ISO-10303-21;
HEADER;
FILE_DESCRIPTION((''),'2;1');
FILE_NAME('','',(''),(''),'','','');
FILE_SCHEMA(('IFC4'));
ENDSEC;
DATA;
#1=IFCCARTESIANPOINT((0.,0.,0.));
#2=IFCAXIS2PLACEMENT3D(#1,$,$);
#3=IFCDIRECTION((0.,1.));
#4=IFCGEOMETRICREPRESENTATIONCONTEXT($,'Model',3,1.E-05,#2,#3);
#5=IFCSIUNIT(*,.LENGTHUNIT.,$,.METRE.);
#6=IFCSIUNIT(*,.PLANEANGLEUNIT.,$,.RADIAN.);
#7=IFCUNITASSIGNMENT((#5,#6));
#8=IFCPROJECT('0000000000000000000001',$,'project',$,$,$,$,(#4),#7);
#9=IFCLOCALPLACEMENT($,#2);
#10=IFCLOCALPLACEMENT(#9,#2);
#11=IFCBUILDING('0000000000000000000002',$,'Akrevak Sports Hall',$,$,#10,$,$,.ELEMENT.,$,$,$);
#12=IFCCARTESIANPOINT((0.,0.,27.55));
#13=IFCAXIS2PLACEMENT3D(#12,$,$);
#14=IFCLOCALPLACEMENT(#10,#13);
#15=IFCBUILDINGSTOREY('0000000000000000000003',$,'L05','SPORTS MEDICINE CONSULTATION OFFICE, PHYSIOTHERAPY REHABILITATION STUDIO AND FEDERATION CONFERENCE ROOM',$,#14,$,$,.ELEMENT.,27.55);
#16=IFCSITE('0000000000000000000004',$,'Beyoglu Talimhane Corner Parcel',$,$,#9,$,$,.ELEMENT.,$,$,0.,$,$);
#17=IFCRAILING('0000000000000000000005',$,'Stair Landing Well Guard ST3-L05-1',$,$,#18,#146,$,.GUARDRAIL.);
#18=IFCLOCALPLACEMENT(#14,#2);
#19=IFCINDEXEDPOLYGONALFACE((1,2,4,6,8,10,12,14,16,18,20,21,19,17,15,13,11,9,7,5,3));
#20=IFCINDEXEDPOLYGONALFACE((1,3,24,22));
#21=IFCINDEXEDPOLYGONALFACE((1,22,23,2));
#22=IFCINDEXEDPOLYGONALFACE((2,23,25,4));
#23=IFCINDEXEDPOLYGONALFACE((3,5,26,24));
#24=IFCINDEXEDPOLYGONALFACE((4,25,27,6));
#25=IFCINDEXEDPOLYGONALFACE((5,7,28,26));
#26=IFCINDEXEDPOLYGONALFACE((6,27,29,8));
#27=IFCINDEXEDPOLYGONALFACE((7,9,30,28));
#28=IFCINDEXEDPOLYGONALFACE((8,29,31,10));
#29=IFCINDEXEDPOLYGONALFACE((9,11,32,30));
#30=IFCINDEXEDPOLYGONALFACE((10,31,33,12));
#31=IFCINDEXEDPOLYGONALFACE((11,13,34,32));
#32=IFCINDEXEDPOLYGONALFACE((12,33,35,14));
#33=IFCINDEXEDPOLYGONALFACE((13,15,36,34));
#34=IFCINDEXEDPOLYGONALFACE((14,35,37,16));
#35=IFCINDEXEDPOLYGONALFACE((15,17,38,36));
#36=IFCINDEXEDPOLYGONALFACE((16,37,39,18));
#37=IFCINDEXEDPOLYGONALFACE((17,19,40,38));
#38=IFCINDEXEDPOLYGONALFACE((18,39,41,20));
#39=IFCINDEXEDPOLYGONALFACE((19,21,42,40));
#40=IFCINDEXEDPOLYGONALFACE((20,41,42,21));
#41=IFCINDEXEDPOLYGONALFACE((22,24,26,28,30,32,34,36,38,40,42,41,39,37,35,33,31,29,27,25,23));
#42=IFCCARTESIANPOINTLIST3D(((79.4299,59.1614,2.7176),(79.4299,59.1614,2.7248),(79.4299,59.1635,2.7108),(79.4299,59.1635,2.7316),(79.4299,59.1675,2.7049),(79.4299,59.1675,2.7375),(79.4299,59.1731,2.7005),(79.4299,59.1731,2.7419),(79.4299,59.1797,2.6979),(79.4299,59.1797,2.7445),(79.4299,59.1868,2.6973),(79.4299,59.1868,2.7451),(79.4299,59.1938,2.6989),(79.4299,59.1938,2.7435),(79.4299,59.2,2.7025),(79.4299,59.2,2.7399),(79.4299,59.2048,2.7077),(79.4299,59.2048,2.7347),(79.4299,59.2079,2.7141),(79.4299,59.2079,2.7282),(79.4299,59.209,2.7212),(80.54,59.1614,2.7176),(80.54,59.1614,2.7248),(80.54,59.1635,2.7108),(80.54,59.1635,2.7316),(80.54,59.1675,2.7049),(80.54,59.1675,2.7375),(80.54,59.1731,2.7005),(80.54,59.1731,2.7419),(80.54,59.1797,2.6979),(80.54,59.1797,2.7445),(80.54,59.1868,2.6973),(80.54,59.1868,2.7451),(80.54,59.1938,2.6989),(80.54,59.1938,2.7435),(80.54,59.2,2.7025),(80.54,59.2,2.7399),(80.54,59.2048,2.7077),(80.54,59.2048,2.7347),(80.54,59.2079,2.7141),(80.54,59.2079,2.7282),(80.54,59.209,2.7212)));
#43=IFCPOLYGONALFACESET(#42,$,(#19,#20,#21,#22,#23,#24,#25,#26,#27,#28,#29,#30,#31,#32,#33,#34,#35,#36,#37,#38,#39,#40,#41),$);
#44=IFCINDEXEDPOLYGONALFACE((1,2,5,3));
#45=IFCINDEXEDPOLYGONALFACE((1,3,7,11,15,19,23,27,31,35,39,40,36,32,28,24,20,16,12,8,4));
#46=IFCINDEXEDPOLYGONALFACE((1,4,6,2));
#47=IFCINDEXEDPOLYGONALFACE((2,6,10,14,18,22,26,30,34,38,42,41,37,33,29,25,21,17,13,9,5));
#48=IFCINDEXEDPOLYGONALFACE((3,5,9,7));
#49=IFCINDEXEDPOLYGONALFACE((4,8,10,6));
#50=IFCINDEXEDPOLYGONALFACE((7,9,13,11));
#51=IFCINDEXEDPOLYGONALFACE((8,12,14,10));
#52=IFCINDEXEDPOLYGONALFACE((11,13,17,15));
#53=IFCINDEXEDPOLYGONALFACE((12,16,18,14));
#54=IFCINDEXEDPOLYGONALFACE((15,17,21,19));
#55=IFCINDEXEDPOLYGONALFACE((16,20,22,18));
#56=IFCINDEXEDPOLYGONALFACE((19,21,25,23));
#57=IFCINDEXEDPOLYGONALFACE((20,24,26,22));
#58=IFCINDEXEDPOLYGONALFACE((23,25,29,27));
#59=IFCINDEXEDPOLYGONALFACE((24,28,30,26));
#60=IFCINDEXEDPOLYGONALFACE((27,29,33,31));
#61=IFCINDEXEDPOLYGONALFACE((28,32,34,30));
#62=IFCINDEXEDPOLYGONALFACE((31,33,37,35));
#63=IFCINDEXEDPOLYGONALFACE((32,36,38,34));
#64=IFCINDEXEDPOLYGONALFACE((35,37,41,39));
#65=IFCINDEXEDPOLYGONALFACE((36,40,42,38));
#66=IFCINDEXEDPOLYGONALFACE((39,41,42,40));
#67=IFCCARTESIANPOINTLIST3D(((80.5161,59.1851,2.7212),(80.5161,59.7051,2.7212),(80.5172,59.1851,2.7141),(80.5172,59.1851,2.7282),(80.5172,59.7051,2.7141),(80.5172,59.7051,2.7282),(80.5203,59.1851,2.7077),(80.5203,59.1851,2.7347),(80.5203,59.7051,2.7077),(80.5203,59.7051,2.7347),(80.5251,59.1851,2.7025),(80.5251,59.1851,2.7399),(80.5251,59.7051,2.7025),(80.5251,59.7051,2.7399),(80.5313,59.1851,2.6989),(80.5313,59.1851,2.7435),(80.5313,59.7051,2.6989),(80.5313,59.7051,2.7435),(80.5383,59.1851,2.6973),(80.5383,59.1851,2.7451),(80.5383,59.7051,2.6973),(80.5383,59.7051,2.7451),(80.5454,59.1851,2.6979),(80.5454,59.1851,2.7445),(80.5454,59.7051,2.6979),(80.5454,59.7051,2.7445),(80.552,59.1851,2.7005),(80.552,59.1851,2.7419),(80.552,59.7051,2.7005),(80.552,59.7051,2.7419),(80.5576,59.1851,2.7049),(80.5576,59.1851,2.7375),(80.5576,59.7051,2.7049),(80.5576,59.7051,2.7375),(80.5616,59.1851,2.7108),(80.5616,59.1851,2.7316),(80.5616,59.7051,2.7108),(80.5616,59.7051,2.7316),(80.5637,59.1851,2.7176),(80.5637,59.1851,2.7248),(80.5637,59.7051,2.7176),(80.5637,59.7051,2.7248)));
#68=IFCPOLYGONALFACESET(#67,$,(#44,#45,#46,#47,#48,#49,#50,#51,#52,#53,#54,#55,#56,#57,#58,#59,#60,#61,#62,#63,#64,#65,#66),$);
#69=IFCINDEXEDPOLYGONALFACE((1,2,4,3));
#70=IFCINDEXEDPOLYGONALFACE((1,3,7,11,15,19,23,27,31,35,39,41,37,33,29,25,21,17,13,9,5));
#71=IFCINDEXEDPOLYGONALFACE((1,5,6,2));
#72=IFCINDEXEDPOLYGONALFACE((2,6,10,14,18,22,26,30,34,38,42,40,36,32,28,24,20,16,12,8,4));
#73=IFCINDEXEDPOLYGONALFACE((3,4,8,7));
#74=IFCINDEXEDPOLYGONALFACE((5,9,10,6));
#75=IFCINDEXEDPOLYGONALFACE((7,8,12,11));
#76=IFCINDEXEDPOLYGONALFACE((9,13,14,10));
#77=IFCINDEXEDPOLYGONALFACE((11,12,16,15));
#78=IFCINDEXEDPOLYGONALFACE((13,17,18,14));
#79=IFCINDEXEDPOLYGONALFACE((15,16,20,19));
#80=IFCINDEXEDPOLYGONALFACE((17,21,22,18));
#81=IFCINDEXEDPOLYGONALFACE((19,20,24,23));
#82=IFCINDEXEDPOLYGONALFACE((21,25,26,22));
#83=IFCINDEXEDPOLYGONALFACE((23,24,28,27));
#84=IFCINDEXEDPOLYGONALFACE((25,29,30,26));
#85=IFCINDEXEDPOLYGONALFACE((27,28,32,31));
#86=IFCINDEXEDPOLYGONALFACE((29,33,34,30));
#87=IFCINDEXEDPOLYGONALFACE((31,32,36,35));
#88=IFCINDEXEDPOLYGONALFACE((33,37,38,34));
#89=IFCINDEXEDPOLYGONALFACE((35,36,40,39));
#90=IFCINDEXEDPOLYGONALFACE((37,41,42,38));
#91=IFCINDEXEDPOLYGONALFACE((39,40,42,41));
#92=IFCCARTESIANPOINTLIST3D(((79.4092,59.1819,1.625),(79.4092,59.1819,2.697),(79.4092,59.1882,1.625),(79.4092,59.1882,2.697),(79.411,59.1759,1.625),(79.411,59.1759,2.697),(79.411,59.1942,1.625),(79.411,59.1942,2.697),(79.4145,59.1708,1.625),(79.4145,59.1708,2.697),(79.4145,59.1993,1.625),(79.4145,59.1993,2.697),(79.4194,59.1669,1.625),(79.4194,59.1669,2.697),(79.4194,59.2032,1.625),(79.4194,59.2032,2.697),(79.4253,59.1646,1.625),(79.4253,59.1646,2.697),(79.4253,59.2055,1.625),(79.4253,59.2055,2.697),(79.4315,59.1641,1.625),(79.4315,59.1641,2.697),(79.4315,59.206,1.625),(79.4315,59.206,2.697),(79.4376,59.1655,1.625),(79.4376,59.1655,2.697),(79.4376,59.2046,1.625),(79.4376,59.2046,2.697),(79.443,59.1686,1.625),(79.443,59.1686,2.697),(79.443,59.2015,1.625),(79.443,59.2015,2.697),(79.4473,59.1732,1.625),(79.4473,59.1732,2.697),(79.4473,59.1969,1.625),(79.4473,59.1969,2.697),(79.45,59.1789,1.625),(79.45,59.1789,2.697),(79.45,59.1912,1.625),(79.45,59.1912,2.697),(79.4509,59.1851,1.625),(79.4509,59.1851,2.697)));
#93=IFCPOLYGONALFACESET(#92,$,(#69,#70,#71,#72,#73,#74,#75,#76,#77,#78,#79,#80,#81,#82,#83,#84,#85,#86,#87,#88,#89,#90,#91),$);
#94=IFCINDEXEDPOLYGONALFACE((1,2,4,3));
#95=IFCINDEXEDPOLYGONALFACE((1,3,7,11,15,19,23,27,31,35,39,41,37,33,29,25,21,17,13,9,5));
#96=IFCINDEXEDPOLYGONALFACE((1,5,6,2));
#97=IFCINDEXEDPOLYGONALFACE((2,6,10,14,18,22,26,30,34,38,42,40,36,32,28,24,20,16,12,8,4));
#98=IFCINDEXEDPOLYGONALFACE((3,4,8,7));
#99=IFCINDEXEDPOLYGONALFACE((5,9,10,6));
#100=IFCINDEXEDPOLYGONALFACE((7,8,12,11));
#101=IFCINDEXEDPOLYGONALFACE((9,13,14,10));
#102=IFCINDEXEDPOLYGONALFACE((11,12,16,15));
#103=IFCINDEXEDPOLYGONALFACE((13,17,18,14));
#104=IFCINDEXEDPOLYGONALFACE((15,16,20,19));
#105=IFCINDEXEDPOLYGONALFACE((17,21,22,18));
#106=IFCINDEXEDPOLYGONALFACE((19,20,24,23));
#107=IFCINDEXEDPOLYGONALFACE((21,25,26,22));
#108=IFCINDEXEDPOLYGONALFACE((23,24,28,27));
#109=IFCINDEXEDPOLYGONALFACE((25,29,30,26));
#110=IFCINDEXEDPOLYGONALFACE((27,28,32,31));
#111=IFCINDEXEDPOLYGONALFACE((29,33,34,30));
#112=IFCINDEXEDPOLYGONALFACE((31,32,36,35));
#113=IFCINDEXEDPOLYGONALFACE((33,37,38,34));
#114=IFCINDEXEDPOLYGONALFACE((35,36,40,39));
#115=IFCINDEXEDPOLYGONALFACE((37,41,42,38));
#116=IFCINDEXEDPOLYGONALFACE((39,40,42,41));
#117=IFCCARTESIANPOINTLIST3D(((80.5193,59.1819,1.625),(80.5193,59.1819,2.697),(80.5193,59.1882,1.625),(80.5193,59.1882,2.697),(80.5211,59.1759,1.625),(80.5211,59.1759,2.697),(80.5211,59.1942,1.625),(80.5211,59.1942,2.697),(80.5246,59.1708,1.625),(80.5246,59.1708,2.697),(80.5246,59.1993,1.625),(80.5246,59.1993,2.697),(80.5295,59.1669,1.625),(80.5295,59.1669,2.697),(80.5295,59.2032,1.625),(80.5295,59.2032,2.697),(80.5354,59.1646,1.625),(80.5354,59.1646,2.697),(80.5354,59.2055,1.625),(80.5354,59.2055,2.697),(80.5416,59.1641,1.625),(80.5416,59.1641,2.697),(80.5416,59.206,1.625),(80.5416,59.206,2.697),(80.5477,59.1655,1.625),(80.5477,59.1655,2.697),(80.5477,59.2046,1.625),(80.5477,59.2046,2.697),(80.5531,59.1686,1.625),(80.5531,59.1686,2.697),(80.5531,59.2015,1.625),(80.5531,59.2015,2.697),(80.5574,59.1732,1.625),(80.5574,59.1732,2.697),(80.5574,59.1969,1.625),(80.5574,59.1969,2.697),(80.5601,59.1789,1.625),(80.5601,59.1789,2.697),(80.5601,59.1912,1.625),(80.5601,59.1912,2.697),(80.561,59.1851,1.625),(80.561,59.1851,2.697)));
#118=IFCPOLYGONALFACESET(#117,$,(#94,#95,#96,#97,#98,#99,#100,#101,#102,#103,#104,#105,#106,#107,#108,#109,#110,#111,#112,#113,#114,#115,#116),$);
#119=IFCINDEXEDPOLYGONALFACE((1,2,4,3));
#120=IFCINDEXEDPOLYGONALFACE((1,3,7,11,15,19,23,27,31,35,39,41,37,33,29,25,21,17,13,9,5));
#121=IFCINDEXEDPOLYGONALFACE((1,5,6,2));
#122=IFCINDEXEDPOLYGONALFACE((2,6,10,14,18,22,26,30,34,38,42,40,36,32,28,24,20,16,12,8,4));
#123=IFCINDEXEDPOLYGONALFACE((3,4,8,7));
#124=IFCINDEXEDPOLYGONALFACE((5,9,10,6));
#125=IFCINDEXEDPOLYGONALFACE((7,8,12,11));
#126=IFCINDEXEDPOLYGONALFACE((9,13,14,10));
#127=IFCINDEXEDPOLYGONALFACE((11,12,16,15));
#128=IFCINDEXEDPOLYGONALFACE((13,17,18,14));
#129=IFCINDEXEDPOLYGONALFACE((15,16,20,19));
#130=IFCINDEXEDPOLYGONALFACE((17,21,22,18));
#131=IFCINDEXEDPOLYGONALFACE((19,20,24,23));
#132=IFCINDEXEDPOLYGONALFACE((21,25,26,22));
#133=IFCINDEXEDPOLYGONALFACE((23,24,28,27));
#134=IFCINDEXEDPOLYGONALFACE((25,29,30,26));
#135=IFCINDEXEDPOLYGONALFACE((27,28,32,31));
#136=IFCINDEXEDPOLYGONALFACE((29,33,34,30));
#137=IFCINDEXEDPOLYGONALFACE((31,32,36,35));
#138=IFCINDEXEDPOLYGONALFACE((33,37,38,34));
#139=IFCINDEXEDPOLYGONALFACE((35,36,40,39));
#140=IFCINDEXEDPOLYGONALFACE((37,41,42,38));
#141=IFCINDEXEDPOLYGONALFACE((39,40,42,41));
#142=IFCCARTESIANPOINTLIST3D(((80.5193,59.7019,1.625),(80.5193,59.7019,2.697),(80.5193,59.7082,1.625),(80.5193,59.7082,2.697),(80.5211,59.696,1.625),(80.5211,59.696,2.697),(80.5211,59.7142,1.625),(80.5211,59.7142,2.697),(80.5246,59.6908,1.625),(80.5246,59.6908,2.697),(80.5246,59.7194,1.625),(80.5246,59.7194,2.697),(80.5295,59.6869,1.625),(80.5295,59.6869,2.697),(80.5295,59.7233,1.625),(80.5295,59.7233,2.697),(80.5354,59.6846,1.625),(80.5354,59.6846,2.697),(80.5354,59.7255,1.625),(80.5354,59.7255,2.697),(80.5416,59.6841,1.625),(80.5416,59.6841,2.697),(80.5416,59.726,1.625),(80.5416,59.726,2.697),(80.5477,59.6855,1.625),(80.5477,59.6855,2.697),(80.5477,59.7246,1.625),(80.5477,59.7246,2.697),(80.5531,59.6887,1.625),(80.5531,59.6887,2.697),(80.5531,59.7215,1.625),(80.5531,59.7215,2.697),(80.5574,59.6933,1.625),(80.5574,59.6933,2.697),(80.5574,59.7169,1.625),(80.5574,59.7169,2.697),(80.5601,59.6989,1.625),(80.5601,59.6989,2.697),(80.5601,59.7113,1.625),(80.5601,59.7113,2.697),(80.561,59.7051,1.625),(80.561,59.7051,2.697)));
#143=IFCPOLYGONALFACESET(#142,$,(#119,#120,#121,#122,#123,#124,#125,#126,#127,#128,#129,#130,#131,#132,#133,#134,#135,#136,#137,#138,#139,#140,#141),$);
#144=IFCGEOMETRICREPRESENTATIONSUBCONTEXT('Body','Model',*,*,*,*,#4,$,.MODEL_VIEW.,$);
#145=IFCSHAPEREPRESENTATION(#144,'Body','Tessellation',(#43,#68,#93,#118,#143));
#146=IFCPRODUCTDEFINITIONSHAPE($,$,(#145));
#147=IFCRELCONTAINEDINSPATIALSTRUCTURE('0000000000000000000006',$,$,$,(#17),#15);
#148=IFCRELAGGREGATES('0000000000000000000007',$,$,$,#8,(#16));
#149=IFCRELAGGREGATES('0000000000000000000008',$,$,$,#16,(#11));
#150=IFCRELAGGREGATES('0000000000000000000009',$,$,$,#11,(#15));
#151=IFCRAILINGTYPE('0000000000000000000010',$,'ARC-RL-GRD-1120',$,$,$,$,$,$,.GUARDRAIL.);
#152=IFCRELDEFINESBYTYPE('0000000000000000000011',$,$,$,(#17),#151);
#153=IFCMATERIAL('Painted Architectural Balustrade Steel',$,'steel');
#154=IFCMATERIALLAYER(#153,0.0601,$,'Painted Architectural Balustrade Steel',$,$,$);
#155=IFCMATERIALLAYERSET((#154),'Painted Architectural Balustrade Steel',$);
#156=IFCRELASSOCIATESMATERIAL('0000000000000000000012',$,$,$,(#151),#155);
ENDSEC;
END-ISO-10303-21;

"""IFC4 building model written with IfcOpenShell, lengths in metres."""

from ifc_helpers import new_model, si_unit, direction, frame, origin, origin_2d, place, context, subcontext, project, spatial, circle, extrude, material, layer, layer_set, type_object, element, save


model = new_model("IFC4")

# Units and contexts
model_context = context("Model", 3, precision=1e-05, world=origin(), true_north=direction((0.0, 1.0)))
body_context = subcontext(model_context, "Body", "Model", "MODEL_VIEW")
ifc_project = project(units=[si_unit("LENGTHUNIT", "METRE"), si_unit("PLANEANGLEUNIT", "RADIAN")], contexts=[model_context])

# Site, building, storey
site_placement = place(None, origin())
site = spatial("IfcSite", under=ifc_project, at=site_placement, Name="Beyoglu Talimhane Corner Parcel", CompositionType="ELEMENT", RefElevation=0.0)
building_placement = place(site_placement, origin())
building = spatial("IfcBuilding", under=site, at=building_placement, Name="Akrevak Sports Hall", CompositionType="ELEMENT")
storey_placement = place(building_placement, frame((0.0, 0.0, 27.55)))
storey = spatial("IfcBuildingStorey", under=building, at=storey_placement, Name="L05", Description="SPORTS MEDICINE CONSULTATION OFFICE, PHYSIOTHERAPY REHABILITATION STUDIO AND FEDERATION CONFERENCE ROOM", CompositionType="ELEMENT", Elevation=27.55)

# Railing
ifc_material_1 = material(Name="Painted Architectural Balustrade Steel", Category="steel")
ifc_layer_1 = layer(ifc_material_1, 0.0601, Name="Painted Architectural Balustrade Steel")
ifc_layer_set_1 = layer_set([ifc_layer_1], Name="Painted Architectural Balustrade Steel")
railing_type_1 = type_object("IfcRailingType", Name="ARC-RL-GRD-1120", PredefinedType="GUARDRAIL", material=ifc_layer_set_1)
railing_1_placement = place(storey_placement, frame((79.4299, 59.1851, 1.625)))
element("IfcRailing", 1, at=railing_1_placement, inside=storey, type_object=railing_type_1, Name="Stair Landing Well Guard ST3-L05-1", PredefinedType="GUARDRAIL", context=body_context, shape_type="SweptSolid", body=[
    extrude(circle(Radius=0.0239, at=origin_2d()), frame((0.0, 0.0, 1.0962), z_axis=(1.0, 0.0, 0.0), x_axis=(0.0, 1.0, 0.0)), (0.0, 0.0, 1.0), 1.1101),
    extrude(circle(Radius=0.0239, at=origin_2d()), frame((1.1101, 0.0, 1.0962), z_axis=(0.0, 1.0, 0.0), x_axis=(-1.0, 0.0, 0.0)), (0.0, 0.0, 1.0), 0.52),
    extrude(circle(Radius=0.021, at=origin_2d()), origin(), (0.0, 0.0, 1.0), 1.072),
    extrude(circle(Radius=0.021, at=origin_2d()), frame((1.1101, 0.0, 0.0)), (0.0, 0.0, 1.0), 1.072),
    extrude(circle(Radius=0.021, at=origin_2d()), frame((1.1101, 0.52, 0.0)), (0.0, 0.0, 1.0), 1.072),
])

save(model, "model.ifc")
